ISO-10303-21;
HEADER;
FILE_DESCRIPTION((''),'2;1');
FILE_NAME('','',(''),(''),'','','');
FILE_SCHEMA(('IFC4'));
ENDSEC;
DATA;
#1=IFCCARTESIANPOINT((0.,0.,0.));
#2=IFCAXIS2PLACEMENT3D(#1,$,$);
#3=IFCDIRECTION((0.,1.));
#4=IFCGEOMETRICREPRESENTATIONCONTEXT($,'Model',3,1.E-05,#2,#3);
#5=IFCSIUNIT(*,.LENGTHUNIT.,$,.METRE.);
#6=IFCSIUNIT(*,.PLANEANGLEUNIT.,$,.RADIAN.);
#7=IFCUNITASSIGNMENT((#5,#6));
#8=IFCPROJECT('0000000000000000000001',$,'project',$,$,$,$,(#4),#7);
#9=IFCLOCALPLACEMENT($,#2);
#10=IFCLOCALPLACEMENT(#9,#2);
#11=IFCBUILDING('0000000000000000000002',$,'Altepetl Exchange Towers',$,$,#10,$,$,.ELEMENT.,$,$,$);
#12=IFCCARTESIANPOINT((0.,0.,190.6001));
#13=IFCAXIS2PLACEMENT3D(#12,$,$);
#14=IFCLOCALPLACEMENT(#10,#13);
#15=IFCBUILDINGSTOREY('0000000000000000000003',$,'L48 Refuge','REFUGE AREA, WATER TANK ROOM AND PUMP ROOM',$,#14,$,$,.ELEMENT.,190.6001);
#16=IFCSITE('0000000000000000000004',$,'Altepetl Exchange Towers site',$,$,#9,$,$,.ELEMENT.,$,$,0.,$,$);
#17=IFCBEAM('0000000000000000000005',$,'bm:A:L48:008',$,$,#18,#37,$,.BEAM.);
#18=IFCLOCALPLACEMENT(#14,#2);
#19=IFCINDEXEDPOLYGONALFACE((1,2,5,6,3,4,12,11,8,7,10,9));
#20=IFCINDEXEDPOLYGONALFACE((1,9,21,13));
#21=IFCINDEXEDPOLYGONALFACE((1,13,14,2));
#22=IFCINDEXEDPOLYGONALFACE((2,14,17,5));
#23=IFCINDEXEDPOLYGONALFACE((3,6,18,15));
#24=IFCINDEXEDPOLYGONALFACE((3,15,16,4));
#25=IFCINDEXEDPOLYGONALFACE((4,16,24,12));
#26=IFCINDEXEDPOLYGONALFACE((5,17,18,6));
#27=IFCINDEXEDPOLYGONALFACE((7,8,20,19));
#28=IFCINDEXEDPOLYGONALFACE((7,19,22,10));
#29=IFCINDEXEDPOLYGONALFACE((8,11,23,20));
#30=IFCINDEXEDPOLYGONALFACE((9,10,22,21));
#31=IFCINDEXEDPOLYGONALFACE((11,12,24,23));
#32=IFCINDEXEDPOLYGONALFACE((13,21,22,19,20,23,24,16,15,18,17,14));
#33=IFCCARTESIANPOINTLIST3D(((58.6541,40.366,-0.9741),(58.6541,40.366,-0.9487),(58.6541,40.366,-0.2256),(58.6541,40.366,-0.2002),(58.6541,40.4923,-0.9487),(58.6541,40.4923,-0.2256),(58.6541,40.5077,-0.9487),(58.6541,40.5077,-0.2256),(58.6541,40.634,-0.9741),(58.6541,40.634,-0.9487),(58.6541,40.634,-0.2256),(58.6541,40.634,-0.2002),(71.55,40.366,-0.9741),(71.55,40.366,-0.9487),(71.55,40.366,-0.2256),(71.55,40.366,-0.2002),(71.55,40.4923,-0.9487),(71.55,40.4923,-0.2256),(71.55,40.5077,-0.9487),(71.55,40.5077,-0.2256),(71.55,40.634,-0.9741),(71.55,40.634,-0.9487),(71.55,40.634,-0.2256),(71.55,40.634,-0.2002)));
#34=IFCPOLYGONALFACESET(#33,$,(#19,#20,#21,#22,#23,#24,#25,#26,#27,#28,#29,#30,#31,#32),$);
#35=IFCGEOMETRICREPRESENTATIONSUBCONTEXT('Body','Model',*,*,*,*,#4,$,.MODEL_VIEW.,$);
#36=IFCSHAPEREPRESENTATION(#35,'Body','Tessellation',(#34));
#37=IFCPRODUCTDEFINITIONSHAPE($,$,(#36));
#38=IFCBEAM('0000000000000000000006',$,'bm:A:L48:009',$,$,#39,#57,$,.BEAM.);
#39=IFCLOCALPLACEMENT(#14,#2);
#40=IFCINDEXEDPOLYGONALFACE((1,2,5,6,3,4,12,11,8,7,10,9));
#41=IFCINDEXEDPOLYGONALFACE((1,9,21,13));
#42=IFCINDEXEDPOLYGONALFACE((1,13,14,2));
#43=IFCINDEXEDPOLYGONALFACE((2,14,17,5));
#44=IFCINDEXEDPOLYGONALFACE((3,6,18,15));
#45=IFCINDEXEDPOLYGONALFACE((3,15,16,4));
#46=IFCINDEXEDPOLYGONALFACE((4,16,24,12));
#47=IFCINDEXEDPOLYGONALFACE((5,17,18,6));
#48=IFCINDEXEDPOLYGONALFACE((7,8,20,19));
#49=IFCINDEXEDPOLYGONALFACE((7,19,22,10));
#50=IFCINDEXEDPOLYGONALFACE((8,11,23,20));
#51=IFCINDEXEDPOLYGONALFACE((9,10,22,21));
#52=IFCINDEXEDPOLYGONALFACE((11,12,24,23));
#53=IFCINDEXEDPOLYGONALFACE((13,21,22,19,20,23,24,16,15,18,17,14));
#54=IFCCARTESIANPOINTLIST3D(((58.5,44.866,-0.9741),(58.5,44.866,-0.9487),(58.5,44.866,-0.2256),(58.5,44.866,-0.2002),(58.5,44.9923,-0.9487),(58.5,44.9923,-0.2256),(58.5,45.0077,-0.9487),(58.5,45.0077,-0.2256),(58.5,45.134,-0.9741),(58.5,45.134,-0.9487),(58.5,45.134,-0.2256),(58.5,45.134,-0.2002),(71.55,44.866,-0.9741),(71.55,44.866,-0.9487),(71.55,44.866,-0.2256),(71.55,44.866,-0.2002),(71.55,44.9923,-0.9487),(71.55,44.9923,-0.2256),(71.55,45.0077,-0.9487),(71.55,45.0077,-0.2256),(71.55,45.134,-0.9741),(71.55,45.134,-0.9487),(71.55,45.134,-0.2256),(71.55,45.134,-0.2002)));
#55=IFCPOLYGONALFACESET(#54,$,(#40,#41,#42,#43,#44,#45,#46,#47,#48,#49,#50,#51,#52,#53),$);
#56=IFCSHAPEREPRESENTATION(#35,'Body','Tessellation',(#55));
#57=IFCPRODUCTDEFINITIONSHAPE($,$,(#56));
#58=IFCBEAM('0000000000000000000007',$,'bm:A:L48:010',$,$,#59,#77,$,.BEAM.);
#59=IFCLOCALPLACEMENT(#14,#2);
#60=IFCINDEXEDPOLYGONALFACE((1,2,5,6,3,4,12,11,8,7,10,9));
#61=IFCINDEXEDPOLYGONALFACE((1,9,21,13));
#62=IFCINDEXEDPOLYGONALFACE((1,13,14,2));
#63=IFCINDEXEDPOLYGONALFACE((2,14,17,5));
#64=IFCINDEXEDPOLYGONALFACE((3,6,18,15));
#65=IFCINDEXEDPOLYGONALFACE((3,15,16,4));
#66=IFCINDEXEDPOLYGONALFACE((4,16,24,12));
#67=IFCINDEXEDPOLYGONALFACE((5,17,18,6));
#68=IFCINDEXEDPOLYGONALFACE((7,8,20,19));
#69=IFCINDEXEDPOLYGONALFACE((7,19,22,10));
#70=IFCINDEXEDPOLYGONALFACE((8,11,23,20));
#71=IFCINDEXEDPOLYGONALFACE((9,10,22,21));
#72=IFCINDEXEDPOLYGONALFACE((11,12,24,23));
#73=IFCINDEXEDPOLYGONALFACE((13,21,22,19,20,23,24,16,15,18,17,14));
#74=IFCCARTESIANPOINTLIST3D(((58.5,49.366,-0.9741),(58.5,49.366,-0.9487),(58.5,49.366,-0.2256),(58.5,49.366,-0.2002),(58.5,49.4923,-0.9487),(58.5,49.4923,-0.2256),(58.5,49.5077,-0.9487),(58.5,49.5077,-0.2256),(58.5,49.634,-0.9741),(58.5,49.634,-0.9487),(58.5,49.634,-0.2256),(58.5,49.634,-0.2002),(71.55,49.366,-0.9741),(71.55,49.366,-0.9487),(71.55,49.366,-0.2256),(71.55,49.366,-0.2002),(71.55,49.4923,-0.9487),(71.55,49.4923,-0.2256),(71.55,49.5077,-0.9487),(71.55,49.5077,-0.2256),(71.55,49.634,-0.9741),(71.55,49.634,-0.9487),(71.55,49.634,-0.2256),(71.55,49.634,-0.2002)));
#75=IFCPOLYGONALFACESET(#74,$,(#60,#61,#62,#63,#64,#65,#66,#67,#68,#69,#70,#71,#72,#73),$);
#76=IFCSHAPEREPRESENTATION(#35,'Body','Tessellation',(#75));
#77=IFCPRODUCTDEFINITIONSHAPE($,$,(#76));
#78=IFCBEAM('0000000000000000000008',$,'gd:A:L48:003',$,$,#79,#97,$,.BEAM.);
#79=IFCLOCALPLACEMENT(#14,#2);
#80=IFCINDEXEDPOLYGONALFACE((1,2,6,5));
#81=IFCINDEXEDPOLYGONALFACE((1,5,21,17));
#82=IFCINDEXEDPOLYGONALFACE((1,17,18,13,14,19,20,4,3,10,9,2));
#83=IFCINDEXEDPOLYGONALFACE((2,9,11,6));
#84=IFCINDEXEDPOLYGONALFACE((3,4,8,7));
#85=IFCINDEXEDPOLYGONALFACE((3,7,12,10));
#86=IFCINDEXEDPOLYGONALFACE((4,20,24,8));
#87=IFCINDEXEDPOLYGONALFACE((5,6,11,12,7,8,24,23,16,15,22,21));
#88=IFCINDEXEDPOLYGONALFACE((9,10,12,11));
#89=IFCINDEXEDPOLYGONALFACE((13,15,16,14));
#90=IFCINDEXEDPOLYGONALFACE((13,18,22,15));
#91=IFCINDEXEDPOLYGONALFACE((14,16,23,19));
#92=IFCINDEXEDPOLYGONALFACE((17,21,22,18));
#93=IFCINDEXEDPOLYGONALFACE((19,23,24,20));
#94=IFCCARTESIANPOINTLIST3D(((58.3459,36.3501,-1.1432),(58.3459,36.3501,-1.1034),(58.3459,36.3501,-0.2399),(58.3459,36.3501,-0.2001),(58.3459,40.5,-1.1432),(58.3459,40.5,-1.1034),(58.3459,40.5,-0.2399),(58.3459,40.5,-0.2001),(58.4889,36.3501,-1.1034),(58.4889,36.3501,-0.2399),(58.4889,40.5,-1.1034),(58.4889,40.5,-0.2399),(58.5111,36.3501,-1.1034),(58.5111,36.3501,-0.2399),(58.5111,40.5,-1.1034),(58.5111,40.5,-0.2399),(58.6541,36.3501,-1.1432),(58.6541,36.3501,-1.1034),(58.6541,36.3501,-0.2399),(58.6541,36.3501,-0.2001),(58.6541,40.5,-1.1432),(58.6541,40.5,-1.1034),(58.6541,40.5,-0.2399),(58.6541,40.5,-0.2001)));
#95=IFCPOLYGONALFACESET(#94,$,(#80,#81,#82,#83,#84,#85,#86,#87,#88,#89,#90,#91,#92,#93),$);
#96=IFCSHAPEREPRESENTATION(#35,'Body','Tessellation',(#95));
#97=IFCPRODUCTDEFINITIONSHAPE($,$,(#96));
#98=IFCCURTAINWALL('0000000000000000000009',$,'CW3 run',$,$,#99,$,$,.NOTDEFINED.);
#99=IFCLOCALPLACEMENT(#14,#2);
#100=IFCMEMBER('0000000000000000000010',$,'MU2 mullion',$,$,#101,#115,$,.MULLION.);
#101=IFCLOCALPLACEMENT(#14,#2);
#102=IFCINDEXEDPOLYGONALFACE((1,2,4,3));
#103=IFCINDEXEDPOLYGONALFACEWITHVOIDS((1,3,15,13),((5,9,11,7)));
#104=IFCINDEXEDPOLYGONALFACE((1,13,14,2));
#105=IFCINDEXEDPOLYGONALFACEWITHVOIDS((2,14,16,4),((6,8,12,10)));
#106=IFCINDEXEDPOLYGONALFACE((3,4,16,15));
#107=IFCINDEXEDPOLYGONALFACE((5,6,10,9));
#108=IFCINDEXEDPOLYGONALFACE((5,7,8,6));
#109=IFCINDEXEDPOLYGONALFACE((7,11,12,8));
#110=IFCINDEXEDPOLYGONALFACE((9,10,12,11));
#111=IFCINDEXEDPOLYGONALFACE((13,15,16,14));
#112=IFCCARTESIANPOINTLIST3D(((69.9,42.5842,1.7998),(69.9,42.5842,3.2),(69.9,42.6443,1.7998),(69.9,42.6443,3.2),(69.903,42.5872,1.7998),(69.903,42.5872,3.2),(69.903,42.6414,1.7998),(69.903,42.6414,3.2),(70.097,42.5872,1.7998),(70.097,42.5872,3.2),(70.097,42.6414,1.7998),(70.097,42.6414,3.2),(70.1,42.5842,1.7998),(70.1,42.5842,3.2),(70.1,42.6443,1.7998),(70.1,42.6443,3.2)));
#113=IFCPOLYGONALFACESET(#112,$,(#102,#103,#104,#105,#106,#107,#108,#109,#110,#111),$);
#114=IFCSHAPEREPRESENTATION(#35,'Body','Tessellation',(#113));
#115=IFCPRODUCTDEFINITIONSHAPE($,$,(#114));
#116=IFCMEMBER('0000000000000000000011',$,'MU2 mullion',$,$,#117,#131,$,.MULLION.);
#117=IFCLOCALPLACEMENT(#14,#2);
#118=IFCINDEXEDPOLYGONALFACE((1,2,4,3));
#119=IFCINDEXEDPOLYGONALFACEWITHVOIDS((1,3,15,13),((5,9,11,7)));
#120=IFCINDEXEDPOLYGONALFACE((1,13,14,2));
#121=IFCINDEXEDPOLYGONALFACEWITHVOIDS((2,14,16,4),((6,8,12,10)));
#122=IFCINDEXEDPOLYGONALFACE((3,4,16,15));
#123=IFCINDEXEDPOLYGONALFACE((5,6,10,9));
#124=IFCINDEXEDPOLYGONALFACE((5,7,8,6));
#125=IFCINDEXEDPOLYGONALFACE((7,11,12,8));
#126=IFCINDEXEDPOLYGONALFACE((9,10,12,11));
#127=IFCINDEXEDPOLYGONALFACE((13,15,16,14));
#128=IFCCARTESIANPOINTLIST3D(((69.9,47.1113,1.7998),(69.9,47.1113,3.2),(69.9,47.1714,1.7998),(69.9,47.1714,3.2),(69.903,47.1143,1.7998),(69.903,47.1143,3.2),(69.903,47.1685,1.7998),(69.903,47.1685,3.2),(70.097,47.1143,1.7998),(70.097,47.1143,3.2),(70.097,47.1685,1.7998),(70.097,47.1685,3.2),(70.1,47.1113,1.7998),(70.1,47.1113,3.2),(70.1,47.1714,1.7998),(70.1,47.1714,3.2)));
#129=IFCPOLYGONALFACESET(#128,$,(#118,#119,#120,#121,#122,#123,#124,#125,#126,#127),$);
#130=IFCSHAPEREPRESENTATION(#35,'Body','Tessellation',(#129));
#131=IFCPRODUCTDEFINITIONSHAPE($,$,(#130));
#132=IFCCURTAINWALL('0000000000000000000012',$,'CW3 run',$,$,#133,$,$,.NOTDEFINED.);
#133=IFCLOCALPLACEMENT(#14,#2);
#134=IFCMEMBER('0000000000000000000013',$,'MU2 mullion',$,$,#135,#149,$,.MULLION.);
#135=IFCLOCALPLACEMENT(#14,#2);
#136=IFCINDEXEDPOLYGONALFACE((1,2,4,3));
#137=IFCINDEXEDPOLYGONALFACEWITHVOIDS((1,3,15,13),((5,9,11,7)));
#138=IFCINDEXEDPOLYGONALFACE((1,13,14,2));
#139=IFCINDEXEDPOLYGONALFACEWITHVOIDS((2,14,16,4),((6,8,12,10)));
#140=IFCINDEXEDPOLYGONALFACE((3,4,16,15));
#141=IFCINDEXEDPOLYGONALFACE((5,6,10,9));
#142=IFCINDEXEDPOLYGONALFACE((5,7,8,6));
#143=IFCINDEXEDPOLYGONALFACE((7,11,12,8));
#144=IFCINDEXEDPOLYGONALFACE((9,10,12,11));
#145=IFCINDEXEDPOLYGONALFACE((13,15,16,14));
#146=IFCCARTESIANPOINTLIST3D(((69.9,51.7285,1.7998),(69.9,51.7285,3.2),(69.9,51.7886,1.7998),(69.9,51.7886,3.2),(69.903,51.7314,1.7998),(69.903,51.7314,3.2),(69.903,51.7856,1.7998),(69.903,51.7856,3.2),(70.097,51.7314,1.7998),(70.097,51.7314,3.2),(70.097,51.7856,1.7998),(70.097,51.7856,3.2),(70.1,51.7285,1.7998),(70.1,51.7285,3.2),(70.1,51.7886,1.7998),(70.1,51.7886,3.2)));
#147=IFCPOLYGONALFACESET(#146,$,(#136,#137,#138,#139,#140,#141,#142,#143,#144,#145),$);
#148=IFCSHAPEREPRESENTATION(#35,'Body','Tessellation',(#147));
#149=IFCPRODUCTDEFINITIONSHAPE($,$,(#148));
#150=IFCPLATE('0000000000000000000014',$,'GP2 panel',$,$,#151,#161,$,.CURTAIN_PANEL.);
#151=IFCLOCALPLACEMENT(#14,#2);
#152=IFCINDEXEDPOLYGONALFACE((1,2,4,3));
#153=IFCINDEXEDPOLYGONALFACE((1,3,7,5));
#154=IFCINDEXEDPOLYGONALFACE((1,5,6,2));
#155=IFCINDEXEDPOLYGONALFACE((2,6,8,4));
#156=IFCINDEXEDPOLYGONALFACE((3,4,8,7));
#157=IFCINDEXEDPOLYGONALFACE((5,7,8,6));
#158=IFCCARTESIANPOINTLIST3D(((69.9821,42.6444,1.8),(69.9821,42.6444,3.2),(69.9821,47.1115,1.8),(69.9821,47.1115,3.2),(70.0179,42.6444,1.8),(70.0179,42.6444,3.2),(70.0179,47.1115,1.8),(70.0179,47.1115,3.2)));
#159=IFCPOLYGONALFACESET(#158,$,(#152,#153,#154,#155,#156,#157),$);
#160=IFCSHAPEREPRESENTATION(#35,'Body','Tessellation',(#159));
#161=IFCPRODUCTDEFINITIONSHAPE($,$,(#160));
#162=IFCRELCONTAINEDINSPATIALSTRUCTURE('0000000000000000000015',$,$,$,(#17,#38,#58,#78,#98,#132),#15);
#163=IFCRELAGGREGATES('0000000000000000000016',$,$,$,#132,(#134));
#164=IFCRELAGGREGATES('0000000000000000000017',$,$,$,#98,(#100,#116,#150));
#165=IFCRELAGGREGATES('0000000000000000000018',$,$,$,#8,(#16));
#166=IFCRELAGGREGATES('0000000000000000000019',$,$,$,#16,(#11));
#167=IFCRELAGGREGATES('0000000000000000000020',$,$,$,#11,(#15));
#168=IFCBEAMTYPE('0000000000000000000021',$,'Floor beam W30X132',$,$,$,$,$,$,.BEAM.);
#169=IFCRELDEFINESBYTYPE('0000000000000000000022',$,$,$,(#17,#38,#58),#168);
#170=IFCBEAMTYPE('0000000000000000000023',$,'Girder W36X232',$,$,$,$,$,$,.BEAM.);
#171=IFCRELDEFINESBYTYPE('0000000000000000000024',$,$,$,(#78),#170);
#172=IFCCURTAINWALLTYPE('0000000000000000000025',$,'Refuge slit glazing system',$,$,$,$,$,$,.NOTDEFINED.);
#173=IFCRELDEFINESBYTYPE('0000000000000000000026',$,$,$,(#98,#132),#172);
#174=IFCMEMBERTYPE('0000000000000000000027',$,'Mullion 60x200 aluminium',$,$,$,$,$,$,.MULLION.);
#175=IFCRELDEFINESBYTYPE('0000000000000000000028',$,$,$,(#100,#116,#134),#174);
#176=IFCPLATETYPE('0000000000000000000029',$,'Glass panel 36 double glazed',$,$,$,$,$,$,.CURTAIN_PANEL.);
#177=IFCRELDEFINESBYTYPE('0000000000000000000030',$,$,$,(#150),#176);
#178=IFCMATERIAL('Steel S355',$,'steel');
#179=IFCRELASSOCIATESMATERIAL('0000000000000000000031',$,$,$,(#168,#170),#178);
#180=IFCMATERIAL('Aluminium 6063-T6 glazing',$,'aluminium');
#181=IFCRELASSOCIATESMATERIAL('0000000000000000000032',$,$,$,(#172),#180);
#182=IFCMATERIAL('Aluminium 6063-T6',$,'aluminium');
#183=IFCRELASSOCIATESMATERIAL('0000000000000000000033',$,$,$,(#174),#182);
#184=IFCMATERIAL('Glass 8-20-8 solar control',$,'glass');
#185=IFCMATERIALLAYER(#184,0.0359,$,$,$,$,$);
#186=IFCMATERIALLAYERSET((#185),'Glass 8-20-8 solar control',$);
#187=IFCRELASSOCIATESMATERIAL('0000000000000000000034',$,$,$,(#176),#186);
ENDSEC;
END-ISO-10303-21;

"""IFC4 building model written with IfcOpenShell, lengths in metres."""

from ifc_helpers import new_model, si_unit, direction, frame, origin, origin_2d, place, context, subcontext, project, spatial, rectangle, hollow_rectangle, i_section, extrude, material, layer, layer_set, material_profile, profile_set, type_object, element, aggregate, save


model = new_model("IFC4")

# Units and contexts
model_context = context("Model", 3, precision=1e-05, world=origin(), true_north=direction((0.0, 1.0)))
body_context = subcontext(model_context, "Body", "Model", "MODEL_VIEW")
ifc_project = project(units=[si_unit("LENGTHUNIT", "METRE"), si_unit("PLANEANGLEUNIT", "RADIAN")], contexts=[model_context])

# Site, building, storey
site_placement = place(None, origin())
site = spatial("IfcSite", under=ifc_project, at=site_placement, Name="Altepetl Exchange Towers site", CompositionType="ELEMENT", RefElevation=0.0)
building_placement = place(site_placement, origin())
building = spatial("IfcBuilding", under=site, at=building_placement, Name="Altepetl Exchange Towers", CompositionType="ELEMENT")
storey_placement = place(building_placement, frame((0.0, 0.0, 190.6001)))
storey = spatial("IfcBuildingStorey", under=building, at=storey_placement, Name="L48 Refuge", Description="REFUGE AREA, WATER TANK ROOM AND PUMP ROOM", CompositionType="ELEMENT", Elevation=190.6001)

# Beams
ifc_material_1 = material(Name="Steel S355", Category="steel")
ifc_material_profile_1 = material_profile(ifc_material_1, i_section(OverallWidth=0.2681, OverallDepth=0.7739, WebThickness=0.0154, FlangeThickness=0.0254, at=origin_2d()), Name="W30X132")
ifc_profile_set_1 = profile_set([ifc_material_profile_1], Name="Steel S355")
beam_type_1 = type_object("IfcBeamType", Name="Floor beam W30X132", PredefinedType="BEAM", material=ifc_profile_set_1)
beam_1_placement = place(storey_placement, frame((58.6541, 40.5, -0.5872), z_axis=(1.0, 0.0, 0.0), x_axis=(0.0, 1.0, 0.0)))
element("IfcBeam", 1, at=beam_1_placement, inside=storey, type_object=beam_type_1, Name="bm:A:L48:008", PredefinedType="BEAM", context=body_context, shape_type="SweptSolid", body=[
    extrude(i_section(OverallWidth=0.2681, OverallDepth=0.7739, WebThickness=0.0154, FlangeThickness=0.0254, at=origin_2d()), origin(), (0.0, 0.0, 1.0), 12.896),
])
for number, where, z_axis, x_axis, name in (
    (2, (58.5, 45.0, -0.5872), (1.0, 0.0, 0.0), (0.0, 1.0, 0.0), "bm:A:L48:009"),
    (3, (58.5, 49.5, -0.5872), (1.0, 0.0, 0.0), (0.0, 1.0, 0.0), "bm:A:L48:010"),
):
    element("IfcBeam", number, at=place(storey_placement, frame(where, z_axis=z_axis, x_axis=x_axis)), inside=storey, type_object=beam_type_1, Name=name, PredefinedType="BEAM", context=body_context, shape_type="SweptSolid", body=[
        extrude(i_section(OverallWidth=0.2681, OverallDepth=0.7739, WebThickness=0.0154, FlangeThickness=0.0254, at=origin_2d()), origin(), (0.0, 0.0, 1.0), 13.05),
    ])
ifc_material_profile_2 = material_profile(ifc_material_1, i_section(OverallWidth=0.3081, OverallDepth=0.9431, WebThickness=0.0222, FlangeThickness=0.0398, at=origin_2d()), Name="W36X232")
ifc_profile_set_2 = profile_set([ifc_material_profile_2], Name="Steel S355")
beam_type_2 = type_object("IfcBeamType", Name="Girder W36X232", PredefinedType="BEAM", material=ifc_profile_set_2)
beam_2_placement = place(storey_placement, frame((58.5, 40.5, -0.6716), z_axis=(0.0, -1.0, 0.0), x_axis=(1.0, 0.0, 0.0)))
element("IfcBeam", 4, at=beam_2_placement, inside=storey, type_object=beam_type_2, Name="gd:A:L48:003", PredefinedType="BEAM", context=body_context, shape_type="SweptSolid", body=[
    extrude(i_section(OverallWidth=0.3081, OverallDepth=0.9431, WebThickness=0.0222, FlangeThickness=0.0398, at=origin_2d()), origin(), (0.0, 0.0, 1.0), 4.1499),
])

# Curtain wall, members
ifc_material_2 = material(Name="Aluminium 6063-T6 glazing", Category="aluminium")
curtain_wall_type = type_object("IfcCurtainWallType", Name="Refuge slit glazing system", PredefinedType="NOTDEFINED", material=ifc_material_2)
curtain_wall_1_placement = place(storey_placement, origin())
curtain_wall_1 = element("IfcCurtainWall", 5, at=curtain_wall_1_placement, inside=storey, type_object=curtain_wall_type, Name="CW3 run", PredefinedType="NOTDEFINED")
ifc_material_3 = material(Name="Aluminium 6063-T6", Category="aluminium")
ifc_material_profile_3 = material_profile(ifc_material_3, hollow_rectangle(XDim=0.0601, YDim=0.2, WallThickness=0.0029, at=origin_2d()), Name="Mullion 60x200 aluminium")
ifc_profile_set_3 = profile_set([ifc_material_profile_3], Name="Aluminium 6063-T6")
member_type = type_object("IfcMemberType", Name="Mullion 60x200 aluminium", PredefinedType="MULLION", material=ifc_profile_set_3)
member_1_placement = place(storey_placement, frame((70.0, 42.6143, 1.7998), z_axis=(0.0, 0.0, 1.0), x_axis=(0.0, 1.0, 0.0)))
member_1 = element("IfcMember", 6, at=member_1_placement, type_object=member_type, Name="MU2 mullion", PredefinedType="MULLION", context=body_context, shape_type="SweptSolid", body=[
    extrude(hollow_rectangle(XDim=0.0601, YDim=0.2, WallThickness=0.0029, at=origin_2d()), origin(), (0.0, 0.0, 1.0), 1.4001),
])
member_2_placement = place(storey_placement, frame((70.0, 47.1414, 1.7998), z_axis=(0.0, 0.0, 1.0), x_axis=(0.0, 1.0, 0.0)))
member_2 = element("IfcMember", 7, at=member_2_placement, type_object=member_type, Name="MU2 mullion", PredefinedType="MULLION", context=body_context, shape_type="SweptSolid", body=[
    extrude(hollow_rectangle(XDim=0.0601, YDim=0.2, WallThickness=0.0029, at=origin_2d()), origin(), (0.0, 0.0, 1.0), 1.4001),
])

# Curtain wall, member
curtain_wall_2_placement = place(storey_placement, origin())
curtain_wall_2 = element("IfcCurtainWall", 8, at=curtain_wall_2_placement, inside=storey, type_object=curtain_wall_type, Name="CW3 run", PredefinedType="NOTDEFINED")
member_3_placement = place(storey_placement, frame((70.0, 51.7585, 1.7998), z_axis=(0.0, 0.0, 1.0), x_axis=(0.0, 1.0, 0.0)))
member_3 = element("IfcMember", 9, at=member_3_placement, type_object=member_type, Name="MU2 mullion", PredefinedType="MULLION", context=body_context, shape_type="SweptSolid", body=[
    extrude(hollow_rectangle(XDim=0.0601, YDim=0.2, WallThickness=0.0029, at=origin_2d()), origin(), (0.0, 0.0, 1.0), 1.4001),
])
aggregate(curtain_wall_2, [member_3])

# Plate
ifc_material_4 = material(Name="Glass 8-20-8 solar control", Category="glass")
ifc_layer_1 = layer(ifc_material_4, 0.0359)
ifc_layer_set_1 = layer_set([ifc_layer_1], Name="Glass 8-20-8 solar control")
plate_type = type_object("IfcPlateType", Name="Glass panel 36 double glazed", PredefinedType="CURTAIN_PANEL", material=ifc_layer_set_1)
plate_placement = place(storey_placement, frame((70.0, 44.8779, 1.8), z_axis=(0.0, 0.0, 1.0), x_axis=(0.0, 1.0, 0.0)))
plate = element("IfcPlate", 10, at=plate_placement, type_object=plate_type, Name="GP2 panel", PredefinedType="CURTAIN_PANEL", context=body_context, shape_type="SweptSolid", body=[
    extrude(rectangle(XDim=4.467, YDim=0.0359, at=origin_2d()), origin(), (0.0, 0.0, 1.0), 1.3999),
])
aggregate(curtain_wall_1, [member_1, member_2, plate])

save(model, "model.ifc")
